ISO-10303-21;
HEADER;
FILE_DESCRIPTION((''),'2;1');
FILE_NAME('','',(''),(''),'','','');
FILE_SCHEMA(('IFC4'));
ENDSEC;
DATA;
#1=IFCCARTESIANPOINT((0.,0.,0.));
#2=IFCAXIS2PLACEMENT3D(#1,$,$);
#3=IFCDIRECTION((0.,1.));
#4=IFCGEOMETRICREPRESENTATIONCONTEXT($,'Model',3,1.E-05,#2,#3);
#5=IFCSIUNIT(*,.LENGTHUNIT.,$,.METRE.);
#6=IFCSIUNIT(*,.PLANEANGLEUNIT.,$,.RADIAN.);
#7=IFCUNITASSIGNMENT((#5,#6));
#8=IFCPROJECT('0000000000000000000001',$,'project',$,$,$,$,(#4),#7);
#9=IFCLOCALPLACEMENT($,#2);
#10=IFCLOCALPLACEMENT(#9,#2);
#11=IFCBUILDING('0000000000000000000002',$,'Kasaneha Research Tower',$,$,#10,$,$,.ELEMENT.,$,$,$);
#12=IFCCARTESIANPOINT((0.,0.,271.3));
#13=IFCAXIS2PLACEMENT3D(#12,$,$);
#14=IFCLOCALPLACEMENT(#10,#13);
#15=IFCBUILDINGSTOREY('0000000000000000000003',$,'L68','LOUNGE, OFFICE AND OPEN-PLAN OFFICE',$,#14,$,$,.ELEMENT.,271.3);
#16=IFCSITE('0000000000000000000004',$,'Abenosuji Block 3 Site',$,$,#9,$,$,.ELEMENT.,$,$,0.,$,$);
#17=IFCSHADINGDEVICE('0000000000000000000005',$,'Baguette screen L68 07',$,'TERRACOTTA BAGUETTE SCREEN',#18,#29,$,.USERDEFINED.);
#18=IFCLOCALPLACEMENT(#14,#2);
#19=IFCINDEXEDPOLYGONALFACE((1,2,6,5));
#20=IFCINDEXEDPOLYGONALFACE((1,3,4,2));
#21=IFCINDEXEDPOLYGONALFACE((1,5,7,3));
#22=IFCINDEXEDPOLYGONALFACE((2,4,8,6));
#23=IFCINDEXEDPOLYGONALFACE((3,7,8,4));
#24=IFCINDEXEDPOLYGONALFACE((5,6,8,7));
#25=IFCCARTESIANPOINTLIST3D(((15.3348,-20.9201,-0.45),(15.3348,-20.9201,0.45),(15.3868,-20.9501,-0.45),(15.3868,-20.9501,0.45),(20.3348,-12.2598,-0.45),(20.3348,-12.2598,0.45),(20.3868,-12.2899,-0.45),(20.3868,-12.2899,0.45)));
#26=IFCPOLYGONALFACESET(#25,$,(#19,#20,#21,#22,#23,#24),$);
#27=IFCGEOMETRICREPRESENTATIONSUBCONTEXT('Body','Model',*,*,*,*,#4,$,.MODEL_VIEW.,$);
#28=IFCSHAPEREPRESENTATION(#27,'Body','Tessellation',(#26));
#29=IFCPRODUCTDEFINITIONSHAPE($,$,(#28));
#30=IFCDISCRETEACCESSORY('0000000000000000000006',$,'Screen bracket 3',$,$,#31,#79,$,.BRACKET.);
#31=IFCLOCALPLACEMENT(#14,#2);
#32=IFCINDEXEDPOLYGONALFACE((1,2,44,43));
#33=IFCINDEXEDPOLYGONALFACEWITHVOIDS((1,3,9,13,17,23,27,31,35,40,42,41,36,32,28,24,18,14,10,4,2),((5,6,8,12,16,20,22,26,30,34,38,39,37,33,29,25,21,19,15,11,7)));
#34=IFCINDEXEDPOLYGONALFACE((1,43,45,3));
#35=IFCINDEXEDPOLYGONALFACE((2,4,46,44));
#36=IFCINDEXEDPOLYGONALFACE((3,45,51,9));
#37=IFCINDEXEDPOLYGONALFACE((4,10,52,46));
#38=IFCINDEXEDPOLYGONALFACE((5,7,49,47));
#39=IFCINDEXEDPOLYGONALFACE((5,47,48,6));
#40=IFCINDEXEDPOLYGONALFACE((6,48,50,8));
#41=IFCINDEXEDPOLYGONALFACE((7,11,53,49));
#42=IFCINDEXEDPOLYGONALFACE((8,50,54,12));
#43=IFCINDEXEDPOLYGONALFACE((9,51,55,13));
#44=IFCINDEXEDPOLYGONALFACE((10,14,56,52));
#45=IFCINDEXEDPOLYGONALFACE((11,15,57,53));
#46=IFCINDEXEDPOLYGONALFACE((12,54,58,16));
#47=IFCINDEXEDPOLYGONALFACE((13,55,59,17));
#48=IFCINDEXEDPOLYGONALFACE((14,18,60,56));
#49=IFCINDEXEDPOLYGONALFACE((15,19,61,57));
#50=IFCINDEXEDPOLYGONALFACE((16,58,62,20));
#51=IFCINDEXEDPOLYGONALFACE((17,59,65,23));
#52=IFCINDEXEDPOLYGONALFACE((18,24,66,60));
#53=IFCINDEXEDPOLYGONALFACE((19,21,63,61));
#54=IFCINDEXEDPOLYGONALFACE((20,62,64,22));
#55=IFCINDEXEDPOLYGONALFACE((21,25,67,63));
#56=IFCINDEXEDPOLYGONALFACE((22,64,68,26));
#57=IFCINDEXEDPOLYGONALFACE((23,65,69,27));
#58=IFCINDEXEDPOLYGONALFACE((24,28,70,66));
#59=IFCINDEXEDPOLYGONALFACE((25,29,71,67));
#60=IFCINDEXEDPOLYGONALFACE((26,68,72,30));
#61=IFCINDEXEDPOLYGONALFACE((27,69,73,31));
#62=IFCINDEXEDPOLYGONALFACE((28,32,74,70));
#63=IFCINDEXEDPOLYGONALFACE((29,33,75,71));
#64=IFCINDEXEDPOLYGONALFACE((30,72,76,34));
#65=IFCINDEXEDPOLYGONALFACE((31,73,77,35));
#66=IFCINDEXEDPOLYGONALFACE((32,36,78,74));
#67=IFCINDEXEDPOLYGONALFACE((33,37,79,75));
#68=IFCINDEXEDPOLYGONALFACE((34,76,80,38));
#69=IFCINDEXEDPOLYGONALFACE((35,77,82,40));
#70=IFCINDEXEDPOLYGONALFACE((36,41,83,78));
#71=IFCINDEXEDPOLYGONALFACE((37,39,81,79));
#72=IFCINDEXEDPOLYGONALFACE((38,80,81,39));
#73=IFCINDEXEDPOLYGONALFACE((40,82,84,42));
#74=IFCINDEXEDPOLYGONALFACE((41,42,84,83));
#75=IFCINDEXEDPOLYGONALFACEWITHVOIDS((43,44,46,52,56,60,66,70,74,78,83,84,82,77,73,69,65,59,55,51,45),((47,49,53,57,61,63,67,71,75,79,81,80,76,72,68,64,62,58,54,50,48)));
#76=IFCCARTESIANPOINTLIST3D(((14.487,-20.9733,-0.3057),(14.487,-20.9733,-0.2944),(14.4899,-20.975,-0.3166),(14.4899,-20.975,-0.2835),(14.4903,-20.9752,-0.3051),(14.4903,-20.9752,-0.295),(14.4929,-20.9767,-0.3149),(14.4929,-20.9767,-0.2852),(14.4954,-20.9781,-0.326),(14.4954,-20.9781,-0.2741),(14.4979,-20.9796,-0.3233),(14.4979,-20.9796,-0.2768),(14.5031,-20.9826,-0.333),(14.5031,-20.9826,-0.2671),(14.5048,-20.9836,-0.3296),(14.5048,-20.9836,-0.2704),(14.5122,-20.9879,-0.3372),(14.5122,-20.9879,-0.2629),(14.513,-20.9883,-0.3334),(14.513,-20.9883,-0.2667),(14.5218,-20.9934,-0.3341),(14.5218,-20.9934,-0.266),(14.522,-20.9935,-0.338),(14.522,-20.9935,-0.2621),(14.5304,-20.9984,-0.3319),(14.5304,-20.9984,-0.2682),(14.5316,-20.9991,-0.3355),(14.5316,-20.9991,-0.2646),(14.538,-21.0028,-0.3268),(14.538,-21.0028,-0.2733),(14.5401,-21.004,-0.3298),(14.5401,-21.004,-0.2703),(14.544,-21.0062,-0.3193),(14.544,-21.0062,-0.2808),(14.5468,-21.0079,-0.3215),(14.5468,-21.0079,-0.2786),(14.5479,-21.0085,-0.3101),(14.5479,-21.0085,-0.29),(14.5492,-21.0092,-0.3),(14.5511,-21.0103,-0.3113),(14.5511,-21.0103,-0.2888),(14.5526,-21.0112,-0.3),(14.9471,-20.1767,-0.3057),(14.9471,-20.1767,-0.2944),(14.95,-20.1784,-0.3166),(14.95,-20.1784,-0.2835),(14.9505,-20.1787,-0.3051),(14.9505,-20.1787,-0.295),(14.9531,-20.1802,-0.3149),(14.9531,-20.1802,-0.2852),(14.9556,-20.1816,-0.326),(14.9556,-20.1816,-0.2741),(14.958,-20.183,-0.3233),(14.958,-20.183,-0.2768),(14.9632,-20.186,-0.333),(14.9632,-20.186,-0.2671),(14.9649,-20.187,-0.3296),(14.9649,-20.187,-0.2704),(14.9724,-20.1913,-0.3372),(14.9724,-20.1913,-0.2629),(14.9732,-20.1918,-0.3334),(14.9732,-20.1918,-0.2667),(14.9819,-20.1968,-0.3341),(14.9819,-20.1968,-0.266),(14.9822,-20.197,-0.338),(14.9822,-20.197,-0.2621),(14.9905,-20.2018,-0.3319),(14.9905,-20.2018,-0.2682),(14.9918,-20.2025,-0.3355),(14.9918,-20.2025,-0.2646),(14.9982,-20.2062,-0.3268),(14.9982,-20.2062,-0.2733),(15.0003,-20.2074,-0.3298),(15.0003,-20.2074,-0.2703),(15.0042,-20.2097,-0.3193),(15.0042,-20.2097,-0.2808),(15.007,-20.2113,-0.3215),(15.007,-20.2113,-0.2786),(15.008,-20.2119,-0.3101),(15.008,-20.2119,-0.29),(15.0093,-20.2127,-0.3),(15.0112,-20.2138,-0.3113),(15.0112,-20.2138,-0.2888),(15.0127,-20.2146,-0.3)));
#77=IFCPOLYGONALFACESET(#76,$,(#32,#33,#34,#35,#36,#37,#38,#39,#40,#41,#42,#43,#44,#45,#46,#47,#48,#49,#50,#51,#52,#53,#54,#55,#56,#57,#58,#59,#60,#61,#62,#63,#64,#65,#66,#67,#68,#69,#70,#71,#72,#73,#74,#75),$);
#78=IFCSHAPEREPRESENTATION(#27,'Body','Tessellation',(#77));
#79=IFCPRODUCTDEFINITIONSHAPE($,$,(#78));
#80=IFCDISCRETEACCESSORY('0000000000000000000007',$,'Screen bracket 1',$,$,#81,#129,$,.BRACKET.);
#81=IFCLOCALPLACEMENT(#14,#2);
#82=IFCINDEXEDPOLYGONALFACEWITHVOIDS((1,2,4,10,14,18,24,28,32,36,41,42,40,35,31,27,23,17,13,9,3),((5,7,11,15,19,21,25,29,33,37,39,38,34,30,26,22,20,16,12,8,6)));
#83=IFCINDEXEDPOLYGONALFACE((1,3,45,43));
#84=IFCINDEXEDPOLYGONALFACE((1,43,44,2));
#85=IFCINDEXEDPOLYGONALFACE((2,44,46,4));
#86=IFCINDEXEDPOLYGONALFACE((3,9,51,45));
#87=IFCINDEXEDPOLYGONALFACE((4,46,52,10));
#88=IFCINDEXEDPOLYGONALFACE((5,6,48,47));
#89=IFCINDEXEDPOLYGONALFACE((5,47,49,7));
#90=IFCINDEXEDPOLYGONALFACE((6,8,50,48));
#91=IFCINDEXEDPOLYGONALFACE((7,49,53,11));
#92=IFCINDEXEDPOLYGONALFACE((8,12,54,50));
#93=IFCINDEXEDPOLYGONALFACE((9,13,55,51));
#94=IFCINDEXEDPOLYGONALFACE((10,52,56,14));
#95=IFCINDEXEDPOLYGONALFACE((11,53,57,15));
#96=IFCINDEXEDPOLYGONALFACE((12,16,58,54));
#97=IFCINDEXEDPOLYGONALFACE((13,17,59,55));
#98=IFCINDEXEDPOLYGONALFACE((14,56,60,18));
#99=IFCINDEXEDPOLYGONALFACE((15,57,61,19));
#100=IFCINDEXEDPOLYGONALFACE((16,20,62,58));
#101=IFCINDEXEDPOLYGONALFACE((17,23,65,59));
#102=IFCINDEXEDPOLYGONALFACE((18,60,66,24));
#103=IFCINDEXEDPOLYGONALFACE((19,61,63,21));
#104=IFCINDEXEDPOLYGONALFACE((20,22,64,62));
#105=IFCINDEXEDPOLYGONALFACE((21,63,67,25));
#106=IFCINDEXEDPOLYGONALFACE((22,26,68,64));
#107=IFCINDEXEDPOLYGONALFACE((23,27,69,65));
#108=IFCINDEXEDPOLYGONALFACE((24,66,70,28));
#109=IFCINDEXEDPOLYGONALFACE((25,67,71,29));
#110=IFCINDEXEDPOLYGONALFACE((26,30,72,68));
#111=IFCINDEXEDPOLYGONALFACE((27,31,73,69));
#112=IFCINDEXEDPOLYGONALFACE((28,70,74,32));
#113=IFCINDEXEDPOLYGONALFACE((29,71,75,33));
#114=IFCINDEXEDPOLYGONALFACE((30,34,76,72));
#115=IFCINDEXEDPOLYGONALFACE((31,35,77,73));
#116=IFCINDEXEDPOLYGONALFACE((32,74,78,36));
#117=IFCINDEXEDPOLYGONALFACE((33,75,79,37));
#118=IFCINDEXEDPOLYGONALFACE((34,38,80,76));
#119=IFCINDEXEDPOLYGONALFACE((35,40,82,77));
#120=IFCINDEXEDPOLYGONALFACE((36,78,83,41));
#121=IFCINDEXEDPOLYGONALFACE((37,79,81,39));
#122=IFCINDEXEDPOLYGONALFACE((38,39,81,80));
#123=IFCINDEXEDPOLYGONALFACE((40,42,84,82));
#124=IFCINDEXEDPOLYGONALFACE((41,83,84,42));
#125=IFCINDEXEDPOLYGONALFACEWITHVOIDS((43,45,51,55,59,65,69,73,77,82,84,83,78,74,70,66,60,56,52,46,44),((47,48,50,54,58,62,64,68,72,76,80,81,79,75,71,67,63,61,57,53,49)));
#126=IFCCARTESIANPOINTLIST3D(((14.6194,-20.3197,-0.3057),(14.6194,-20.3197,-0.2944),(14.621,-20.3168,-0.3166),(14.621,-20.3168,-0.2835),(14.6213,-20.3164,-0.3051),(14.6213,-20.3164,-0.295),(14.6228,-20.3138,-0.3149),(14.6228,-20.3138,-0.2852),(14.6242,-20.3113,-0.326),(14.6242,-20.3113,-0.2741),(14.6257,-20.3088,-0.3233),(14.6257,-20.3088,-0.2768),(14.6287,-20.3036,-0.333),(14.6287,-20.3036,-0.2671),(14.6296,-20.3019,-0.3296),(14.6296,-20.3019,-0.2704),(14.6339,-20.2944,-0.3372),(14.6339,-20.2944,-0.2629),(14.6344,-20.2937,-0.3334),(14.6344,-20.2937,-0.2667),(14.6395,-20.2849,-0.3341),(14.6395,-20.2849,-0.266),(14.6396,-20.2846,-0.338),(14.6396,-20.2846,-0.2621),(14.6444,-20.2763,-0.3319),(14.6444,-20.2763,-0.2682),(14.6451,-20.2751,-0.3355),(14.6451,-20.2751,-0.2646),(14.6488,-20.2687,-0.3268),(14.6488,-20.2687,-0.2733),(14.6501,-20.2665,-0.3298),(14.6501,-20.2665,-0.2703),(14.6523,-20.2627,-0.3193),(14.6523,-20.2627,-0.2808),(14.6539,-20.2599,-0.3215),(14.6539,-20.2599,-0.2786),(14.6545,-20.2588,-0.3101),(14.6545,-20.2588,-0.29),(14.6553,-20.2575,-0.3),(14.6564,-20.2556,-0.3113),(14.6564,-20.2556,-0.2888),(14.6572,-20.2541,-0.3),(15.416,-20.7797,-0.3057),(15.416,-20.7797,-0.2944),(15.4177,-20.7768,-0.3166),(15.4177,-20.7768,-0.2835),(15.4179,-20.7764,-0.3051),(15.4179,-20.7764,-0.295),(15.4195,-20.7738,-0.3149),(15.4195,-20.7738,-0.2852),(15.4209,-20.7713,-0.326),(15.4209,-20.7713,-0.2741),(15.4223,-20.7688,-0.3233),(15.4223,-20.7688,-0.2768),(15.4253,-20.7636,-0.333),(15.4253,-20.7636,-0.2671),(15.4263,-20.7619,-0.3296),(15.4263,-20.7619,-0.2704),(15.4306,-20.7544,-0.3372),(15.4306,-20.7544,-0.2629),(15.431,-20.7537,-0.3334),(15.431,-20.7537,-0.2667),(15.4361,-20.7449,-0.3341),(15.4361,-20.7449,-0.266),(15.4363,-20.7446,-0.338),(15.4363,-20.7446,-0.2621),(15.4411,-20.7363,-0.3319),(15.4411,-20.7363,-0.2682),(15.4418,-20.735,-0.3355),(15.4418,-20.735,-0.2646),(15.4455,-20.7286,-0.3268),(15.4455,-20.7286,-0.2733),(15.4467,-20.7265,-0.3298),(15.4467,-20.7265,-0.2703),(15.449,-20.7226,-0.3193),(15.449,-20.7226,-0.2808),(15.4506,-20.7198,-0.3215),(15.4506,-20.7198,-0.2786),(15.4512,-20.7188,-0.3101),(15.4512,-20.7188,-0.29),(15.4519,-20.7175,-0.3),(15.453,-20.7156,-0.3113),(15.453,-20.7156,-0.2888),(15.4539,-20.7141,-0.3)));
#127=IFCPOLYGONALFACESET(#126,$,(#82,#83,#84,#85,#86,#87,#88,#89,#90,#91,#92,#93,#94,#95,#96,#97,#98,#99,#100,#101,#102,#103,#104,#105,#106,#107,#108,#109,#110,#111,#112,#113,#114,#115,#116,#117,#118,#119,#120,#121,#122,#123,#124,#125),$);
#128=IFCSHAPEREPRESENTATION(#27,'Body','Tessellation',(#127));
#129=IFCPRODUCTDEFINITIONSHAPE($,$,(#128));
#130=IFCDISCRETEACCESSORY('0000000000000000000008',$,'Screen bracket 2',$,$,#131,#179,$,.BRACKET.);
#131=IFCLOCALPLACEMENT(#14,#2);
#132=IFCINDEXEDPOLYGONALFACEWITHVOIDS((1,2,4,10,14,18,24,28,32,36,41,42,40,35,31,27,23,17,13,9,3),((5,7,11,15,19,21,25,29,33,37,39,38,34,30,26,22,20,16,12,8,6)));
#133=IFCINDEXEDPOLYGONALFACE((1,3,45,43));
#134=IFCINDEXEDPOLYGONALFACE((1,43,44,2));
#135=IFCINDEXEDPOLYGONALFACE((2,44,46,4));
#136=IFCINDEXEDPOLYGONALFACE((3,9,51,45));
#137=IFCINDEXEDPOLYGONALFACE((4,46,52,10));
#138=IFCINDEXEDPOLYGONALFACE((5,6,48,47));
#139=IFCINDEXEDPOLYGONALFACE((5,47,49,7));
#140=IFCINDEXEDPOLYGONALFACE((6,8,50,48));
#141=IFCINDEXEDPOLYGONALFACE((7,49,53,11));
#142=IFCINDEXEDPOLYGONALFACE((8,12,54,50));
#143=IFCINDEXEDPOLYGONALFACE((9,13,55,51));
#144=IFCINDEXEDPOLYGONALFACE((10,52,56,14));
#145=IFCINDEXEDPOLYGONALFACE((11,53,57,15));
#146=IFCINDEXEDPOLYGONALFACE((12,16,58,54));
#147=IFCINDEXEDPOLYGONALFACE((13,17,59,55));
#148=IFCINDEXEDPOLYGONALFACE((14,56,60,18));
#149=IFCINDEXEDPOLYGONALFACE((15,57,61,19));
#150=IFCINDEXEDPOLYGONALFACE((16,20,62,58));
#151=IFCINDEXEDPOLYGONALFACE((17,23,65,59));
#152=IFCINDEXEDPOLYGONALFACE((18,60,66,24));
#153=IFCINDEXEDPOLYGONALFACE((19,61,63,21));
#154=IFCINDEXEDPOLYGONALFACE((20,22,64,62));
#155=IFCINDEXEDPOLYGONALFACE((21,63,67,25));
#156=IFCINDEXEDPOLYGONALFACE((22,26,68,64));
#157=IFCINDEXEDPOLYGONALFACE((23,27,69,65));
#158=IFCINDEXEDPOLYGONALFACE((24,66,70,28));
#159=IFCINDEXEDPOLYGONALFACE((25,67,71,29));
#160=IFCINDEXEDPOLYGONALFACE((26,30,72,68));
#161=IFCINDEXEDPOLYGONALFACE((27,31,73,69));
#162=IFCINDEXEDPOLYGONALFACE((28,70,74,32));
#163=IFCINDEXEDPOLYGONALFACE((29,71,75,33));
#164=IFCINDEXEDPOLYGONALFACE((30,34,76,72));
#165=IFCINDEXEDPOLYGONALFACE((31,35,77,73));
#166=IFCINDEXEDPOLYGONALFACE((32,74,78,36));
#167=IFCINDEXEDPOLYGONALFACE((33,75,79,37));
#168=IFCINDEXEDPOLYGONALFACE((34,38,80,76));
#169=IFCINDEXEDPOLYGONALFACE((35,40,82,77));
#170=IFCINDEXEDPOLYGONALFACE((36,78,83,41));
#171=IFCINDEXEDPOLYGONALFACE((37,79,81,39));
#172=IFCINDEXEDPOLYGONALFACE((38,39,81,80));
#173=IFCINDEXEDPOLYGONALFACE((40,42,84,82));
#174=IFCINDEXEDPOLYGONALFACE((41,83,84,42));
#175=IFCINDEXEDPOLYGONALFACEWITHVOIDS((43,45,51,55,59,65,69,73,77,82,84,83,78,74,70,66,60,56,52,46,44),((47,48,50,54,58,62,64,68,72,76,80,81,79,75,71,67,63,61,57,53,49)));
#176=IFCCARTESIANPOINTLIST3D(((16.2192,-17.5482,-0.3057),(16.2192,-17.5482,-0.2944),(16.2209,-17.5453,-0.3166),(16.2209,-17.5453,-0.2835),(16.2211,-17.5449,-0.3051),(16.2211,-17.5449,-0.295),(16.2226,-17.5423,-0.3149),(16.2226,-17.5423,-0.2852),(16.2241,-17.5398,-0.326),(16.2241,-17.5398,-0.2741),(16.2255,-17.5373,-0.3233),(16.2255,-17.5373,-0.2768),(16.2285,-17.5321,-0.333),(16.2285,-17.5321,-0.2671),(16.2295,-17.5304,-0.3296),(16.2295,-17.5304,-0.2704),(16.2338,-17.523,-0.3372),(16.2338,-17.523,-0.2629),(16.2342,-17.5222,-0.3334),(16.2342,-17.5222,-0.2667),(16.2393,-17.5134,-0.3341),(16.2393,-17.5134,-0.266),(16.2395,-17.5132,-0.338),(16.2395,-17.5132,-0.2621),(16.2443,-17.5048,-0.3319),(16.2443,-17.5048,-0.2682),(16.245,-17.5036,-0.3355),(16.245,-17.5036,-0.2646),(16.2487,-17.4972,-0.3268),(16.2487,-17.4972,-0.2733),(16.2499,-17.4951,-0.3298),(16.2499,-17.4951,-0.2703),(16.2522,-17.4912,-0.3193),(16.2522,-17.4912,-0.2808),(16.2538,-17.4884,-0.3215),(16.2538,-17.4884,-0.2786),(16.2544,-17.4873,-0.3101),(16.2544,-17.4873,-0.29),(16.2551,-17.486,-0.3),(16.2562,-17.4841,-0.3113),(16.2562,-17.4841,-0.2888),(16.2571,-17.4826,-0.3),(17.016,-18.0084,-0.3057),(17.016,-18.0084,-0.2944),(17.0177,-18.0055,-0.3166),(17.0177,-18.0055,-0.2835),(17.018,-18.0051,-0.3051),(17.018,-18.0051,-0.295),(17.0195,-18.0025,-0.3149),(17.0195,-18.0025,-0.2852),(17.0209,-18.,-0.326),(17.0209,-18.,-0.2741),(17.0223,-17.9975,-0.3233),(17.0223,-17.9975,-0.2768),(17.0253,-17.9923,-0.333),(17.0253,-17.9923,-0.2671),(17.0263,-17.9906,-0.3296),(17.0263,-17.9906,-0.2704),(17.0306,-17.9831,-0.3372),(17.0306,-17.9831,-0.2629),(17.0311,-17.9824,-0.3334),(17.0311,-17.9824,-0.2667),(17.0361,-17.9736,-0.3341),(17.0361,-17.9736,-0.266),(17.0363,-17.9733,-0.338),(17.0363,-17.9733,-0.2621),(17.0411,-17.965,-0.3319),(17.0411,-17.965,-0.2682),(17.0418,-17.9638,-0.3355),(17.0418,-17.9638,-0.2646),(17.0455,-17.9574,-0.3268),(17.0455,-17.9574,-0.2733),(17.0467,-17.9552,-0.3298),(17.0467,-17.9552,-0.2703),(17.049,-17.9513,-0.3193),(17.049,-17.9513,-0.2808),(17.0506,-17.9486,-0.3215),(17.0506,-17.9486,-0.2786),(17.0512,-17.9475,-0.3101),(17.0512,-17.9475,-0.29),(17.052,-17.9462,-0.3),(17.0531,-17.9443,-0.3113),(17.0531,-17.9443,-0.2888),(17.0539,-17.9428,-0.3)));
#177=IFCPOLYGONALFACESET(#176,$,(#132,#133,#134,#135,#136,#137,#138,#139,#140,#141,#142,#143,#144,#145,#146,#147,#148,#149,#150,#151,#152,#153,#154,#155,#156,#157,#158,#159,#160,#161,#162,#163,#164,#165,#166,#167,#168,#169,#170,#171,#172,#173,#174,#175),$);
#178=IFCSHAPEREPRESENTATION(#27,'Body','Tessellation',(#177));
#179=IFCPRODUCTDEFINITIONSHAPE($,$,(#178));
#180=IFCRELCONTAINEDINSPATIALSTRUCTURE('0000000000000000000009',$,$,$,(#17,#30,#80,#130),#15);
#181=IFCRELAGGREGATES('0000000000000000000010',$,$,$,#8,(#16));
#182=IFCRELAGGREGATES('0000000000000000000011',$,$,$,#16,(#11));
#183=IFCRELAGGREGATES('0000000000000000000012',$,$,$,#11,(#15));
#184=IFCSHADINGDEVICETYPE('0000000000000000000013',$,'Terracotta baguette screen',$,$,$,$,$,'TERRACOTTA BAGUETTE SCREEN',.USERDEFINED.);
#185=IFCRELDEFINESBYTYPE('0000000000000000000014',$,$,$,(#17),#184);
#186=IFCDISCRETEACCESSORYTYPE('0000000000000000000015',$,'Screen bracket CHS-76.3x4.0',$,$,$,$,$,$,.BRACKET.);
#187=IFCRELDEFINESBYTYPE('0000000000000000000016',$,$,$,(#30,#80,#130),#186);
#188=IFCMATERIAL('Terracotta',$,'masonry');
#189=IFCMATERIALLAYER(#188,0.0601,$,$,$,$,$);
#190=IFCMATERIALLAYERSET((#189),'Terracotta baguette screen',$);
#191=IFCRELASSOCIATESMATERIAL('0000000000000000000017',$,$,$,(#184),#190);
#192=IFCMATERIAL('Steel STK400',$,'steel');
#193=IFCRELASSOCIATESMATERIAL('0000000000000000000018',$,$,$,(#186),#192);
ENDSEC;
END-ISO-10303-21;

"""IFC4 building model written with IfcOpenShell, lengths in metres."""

from ifc_helpers import new_model, si_unit, direction, frame, origin, origin_2d, place, context, subcontext, project, spatial, rectangle, hollow_circle, extrude, material, layer, layer_set, material_profile, profile_set, type_object, element, save


model = new_model("IFC4")

# Units and contexts
model_context = context("Model", 3, precision=1e-05, world=origin(), true_north=direction((0.0, 1.0)))
body_context = subcontext(model_context, "Body", "Model", "MODEL_VIEW")
ifc_project = project(units=[si_unit("LENGTHUNIT", "METRE"), si_unit("PLANEANGLEUNIT", "RADIAN")], contexts=[model_context])

# Site, building, storey
site_placement = place(None, origin())
site = spatial("IfcSite", under=ifc_project, at=site_placement, Name="Abenosuji Block 3 Site", CompositionType="ELEMENT", RefElevation=0.0)
building_placement = place(site_placement, origin())
building = spatial("IfcBuilding", under=site, at=building_placement, Name="Kasaneha Research Tower", CompositionType="ELEMENT")
storey_placement = place(building_placement, frame((0.0, 0.0, 271.3)))
storey = spatial("IfcBuildingStorey", under=building, at=storey_placement, Name="L68", Description="LOUNGE, OFFICE AND OPEN-PLAN OFFICE", CompositionType="ELEMENT", Elevation=271.3)

# Shading device
ifc_material_1 = material(Name="Terracotta", Category="masonry")
ifc_layer_1 = layer(ifc_material_1, 0.0601)
ifc_layer_set_1 = layer_set([ifc_layer_1], Name="Terracotta baguette screen")
shading_device_type = type_object("IfcShadingDeviceType", Name="Terracotta baguette screen", ElementType="TERRACOTTA BAGUETTE SCREEN", PredefinedType="USERDEFINED", material=ifc_layer_set_1)
shading_device_placement = place(storey_placement, frame((17.8608, -16.605, -0.45), z_axis=(0.0, 0.0, 1.0), x_axis=(0.5, 0.866025, 0.0)))
element("IfcShadingDevice", 1, at=shading_device_placement, inside=storey, type_object=shading_device_type, Name="Baguette screen L68 07", ObjectType="TERRACOTTA BAGUETTE SCREEN", PredefinedType="USERDEFINED", context=body_context, shape_type="SweptSolid", body=[
    extrude(rectangle(XDim=10.0, YDim=0.0601, at=origin_2d()), origin(), (0.0, 0.0, 1.0), 0.8999),
])

# Discrete accessories
ifc_material_2 = material(Name="Steel STK400", Category="steel")
ifc_material_profile_1 = material_profile(ifc_material_2, hollow_circle(Radius=0.0381, WallThickness=0.0039, at=origin_2d()), Name="CHS-76.3x4.0")
ifc_profile_set_1 = profile_set([ifc_material_profile_1], Name="Steel STK400")
discrete_accessory_type = type_object("IfcDiscreteAccessoryType", Name="Screen bracket CHS-76.3x4.0", PredefinedType="BRACKET", material=ifc_profile_set_1)
for number, where, z_axis, x_axis, name in (
    (2, (14.9797, -20.1956, -0.3), (-0.50022, -0.865898, 0.0), (0.865898, -0.50022, 0.0), "Screen bracket 3"),
    (3, (14.6382, -20.2871, -0.3), (0.866013, -0.500021, 0.0), (0.500021, 0.866013, 0.0), "Screen bracket 1"),
):
    element("IfcDiscreteAccessory", number, at=place(storey_placement, frame(where, z_axis=z_axis, x_axis=x_axis)), inside=storey, type_object=discrete_accessory_type, Name=name, PredefinedType="BRACKET", context=body_context, shape_type="SweptSolid", body=[
        extrude(hollow_circle(Radius=0.0381, WallThickness=0.0039, at=origin_2d()), origin(), (0.0, 0.0, 1.0), 0.9199),
    ])
discrete_accessory_placement = place(storey_placement, frame((16.238, -17.5156, -0.3), z_axis=(0.865965, -0.500105, 0.0), x_axis=(0.500105, 0.865965, 0.0)))
element("IfcDiscreteAccessory", 4, at=discrete_accessory_placement, inside=storey, type_object=discrete_accessory_type, Name="Screen bracket 2", PredefinedType="BRACKET", context=body_context, shape_type="SweptSolid", body=[
    extrude(hollow_circle(Radius=0.0381, WallThickness=0.0039, at=origin_2d()), origin(), (0.0, 0.0, 1.0), 0.9202),
])

save(model, "model.ifc")
